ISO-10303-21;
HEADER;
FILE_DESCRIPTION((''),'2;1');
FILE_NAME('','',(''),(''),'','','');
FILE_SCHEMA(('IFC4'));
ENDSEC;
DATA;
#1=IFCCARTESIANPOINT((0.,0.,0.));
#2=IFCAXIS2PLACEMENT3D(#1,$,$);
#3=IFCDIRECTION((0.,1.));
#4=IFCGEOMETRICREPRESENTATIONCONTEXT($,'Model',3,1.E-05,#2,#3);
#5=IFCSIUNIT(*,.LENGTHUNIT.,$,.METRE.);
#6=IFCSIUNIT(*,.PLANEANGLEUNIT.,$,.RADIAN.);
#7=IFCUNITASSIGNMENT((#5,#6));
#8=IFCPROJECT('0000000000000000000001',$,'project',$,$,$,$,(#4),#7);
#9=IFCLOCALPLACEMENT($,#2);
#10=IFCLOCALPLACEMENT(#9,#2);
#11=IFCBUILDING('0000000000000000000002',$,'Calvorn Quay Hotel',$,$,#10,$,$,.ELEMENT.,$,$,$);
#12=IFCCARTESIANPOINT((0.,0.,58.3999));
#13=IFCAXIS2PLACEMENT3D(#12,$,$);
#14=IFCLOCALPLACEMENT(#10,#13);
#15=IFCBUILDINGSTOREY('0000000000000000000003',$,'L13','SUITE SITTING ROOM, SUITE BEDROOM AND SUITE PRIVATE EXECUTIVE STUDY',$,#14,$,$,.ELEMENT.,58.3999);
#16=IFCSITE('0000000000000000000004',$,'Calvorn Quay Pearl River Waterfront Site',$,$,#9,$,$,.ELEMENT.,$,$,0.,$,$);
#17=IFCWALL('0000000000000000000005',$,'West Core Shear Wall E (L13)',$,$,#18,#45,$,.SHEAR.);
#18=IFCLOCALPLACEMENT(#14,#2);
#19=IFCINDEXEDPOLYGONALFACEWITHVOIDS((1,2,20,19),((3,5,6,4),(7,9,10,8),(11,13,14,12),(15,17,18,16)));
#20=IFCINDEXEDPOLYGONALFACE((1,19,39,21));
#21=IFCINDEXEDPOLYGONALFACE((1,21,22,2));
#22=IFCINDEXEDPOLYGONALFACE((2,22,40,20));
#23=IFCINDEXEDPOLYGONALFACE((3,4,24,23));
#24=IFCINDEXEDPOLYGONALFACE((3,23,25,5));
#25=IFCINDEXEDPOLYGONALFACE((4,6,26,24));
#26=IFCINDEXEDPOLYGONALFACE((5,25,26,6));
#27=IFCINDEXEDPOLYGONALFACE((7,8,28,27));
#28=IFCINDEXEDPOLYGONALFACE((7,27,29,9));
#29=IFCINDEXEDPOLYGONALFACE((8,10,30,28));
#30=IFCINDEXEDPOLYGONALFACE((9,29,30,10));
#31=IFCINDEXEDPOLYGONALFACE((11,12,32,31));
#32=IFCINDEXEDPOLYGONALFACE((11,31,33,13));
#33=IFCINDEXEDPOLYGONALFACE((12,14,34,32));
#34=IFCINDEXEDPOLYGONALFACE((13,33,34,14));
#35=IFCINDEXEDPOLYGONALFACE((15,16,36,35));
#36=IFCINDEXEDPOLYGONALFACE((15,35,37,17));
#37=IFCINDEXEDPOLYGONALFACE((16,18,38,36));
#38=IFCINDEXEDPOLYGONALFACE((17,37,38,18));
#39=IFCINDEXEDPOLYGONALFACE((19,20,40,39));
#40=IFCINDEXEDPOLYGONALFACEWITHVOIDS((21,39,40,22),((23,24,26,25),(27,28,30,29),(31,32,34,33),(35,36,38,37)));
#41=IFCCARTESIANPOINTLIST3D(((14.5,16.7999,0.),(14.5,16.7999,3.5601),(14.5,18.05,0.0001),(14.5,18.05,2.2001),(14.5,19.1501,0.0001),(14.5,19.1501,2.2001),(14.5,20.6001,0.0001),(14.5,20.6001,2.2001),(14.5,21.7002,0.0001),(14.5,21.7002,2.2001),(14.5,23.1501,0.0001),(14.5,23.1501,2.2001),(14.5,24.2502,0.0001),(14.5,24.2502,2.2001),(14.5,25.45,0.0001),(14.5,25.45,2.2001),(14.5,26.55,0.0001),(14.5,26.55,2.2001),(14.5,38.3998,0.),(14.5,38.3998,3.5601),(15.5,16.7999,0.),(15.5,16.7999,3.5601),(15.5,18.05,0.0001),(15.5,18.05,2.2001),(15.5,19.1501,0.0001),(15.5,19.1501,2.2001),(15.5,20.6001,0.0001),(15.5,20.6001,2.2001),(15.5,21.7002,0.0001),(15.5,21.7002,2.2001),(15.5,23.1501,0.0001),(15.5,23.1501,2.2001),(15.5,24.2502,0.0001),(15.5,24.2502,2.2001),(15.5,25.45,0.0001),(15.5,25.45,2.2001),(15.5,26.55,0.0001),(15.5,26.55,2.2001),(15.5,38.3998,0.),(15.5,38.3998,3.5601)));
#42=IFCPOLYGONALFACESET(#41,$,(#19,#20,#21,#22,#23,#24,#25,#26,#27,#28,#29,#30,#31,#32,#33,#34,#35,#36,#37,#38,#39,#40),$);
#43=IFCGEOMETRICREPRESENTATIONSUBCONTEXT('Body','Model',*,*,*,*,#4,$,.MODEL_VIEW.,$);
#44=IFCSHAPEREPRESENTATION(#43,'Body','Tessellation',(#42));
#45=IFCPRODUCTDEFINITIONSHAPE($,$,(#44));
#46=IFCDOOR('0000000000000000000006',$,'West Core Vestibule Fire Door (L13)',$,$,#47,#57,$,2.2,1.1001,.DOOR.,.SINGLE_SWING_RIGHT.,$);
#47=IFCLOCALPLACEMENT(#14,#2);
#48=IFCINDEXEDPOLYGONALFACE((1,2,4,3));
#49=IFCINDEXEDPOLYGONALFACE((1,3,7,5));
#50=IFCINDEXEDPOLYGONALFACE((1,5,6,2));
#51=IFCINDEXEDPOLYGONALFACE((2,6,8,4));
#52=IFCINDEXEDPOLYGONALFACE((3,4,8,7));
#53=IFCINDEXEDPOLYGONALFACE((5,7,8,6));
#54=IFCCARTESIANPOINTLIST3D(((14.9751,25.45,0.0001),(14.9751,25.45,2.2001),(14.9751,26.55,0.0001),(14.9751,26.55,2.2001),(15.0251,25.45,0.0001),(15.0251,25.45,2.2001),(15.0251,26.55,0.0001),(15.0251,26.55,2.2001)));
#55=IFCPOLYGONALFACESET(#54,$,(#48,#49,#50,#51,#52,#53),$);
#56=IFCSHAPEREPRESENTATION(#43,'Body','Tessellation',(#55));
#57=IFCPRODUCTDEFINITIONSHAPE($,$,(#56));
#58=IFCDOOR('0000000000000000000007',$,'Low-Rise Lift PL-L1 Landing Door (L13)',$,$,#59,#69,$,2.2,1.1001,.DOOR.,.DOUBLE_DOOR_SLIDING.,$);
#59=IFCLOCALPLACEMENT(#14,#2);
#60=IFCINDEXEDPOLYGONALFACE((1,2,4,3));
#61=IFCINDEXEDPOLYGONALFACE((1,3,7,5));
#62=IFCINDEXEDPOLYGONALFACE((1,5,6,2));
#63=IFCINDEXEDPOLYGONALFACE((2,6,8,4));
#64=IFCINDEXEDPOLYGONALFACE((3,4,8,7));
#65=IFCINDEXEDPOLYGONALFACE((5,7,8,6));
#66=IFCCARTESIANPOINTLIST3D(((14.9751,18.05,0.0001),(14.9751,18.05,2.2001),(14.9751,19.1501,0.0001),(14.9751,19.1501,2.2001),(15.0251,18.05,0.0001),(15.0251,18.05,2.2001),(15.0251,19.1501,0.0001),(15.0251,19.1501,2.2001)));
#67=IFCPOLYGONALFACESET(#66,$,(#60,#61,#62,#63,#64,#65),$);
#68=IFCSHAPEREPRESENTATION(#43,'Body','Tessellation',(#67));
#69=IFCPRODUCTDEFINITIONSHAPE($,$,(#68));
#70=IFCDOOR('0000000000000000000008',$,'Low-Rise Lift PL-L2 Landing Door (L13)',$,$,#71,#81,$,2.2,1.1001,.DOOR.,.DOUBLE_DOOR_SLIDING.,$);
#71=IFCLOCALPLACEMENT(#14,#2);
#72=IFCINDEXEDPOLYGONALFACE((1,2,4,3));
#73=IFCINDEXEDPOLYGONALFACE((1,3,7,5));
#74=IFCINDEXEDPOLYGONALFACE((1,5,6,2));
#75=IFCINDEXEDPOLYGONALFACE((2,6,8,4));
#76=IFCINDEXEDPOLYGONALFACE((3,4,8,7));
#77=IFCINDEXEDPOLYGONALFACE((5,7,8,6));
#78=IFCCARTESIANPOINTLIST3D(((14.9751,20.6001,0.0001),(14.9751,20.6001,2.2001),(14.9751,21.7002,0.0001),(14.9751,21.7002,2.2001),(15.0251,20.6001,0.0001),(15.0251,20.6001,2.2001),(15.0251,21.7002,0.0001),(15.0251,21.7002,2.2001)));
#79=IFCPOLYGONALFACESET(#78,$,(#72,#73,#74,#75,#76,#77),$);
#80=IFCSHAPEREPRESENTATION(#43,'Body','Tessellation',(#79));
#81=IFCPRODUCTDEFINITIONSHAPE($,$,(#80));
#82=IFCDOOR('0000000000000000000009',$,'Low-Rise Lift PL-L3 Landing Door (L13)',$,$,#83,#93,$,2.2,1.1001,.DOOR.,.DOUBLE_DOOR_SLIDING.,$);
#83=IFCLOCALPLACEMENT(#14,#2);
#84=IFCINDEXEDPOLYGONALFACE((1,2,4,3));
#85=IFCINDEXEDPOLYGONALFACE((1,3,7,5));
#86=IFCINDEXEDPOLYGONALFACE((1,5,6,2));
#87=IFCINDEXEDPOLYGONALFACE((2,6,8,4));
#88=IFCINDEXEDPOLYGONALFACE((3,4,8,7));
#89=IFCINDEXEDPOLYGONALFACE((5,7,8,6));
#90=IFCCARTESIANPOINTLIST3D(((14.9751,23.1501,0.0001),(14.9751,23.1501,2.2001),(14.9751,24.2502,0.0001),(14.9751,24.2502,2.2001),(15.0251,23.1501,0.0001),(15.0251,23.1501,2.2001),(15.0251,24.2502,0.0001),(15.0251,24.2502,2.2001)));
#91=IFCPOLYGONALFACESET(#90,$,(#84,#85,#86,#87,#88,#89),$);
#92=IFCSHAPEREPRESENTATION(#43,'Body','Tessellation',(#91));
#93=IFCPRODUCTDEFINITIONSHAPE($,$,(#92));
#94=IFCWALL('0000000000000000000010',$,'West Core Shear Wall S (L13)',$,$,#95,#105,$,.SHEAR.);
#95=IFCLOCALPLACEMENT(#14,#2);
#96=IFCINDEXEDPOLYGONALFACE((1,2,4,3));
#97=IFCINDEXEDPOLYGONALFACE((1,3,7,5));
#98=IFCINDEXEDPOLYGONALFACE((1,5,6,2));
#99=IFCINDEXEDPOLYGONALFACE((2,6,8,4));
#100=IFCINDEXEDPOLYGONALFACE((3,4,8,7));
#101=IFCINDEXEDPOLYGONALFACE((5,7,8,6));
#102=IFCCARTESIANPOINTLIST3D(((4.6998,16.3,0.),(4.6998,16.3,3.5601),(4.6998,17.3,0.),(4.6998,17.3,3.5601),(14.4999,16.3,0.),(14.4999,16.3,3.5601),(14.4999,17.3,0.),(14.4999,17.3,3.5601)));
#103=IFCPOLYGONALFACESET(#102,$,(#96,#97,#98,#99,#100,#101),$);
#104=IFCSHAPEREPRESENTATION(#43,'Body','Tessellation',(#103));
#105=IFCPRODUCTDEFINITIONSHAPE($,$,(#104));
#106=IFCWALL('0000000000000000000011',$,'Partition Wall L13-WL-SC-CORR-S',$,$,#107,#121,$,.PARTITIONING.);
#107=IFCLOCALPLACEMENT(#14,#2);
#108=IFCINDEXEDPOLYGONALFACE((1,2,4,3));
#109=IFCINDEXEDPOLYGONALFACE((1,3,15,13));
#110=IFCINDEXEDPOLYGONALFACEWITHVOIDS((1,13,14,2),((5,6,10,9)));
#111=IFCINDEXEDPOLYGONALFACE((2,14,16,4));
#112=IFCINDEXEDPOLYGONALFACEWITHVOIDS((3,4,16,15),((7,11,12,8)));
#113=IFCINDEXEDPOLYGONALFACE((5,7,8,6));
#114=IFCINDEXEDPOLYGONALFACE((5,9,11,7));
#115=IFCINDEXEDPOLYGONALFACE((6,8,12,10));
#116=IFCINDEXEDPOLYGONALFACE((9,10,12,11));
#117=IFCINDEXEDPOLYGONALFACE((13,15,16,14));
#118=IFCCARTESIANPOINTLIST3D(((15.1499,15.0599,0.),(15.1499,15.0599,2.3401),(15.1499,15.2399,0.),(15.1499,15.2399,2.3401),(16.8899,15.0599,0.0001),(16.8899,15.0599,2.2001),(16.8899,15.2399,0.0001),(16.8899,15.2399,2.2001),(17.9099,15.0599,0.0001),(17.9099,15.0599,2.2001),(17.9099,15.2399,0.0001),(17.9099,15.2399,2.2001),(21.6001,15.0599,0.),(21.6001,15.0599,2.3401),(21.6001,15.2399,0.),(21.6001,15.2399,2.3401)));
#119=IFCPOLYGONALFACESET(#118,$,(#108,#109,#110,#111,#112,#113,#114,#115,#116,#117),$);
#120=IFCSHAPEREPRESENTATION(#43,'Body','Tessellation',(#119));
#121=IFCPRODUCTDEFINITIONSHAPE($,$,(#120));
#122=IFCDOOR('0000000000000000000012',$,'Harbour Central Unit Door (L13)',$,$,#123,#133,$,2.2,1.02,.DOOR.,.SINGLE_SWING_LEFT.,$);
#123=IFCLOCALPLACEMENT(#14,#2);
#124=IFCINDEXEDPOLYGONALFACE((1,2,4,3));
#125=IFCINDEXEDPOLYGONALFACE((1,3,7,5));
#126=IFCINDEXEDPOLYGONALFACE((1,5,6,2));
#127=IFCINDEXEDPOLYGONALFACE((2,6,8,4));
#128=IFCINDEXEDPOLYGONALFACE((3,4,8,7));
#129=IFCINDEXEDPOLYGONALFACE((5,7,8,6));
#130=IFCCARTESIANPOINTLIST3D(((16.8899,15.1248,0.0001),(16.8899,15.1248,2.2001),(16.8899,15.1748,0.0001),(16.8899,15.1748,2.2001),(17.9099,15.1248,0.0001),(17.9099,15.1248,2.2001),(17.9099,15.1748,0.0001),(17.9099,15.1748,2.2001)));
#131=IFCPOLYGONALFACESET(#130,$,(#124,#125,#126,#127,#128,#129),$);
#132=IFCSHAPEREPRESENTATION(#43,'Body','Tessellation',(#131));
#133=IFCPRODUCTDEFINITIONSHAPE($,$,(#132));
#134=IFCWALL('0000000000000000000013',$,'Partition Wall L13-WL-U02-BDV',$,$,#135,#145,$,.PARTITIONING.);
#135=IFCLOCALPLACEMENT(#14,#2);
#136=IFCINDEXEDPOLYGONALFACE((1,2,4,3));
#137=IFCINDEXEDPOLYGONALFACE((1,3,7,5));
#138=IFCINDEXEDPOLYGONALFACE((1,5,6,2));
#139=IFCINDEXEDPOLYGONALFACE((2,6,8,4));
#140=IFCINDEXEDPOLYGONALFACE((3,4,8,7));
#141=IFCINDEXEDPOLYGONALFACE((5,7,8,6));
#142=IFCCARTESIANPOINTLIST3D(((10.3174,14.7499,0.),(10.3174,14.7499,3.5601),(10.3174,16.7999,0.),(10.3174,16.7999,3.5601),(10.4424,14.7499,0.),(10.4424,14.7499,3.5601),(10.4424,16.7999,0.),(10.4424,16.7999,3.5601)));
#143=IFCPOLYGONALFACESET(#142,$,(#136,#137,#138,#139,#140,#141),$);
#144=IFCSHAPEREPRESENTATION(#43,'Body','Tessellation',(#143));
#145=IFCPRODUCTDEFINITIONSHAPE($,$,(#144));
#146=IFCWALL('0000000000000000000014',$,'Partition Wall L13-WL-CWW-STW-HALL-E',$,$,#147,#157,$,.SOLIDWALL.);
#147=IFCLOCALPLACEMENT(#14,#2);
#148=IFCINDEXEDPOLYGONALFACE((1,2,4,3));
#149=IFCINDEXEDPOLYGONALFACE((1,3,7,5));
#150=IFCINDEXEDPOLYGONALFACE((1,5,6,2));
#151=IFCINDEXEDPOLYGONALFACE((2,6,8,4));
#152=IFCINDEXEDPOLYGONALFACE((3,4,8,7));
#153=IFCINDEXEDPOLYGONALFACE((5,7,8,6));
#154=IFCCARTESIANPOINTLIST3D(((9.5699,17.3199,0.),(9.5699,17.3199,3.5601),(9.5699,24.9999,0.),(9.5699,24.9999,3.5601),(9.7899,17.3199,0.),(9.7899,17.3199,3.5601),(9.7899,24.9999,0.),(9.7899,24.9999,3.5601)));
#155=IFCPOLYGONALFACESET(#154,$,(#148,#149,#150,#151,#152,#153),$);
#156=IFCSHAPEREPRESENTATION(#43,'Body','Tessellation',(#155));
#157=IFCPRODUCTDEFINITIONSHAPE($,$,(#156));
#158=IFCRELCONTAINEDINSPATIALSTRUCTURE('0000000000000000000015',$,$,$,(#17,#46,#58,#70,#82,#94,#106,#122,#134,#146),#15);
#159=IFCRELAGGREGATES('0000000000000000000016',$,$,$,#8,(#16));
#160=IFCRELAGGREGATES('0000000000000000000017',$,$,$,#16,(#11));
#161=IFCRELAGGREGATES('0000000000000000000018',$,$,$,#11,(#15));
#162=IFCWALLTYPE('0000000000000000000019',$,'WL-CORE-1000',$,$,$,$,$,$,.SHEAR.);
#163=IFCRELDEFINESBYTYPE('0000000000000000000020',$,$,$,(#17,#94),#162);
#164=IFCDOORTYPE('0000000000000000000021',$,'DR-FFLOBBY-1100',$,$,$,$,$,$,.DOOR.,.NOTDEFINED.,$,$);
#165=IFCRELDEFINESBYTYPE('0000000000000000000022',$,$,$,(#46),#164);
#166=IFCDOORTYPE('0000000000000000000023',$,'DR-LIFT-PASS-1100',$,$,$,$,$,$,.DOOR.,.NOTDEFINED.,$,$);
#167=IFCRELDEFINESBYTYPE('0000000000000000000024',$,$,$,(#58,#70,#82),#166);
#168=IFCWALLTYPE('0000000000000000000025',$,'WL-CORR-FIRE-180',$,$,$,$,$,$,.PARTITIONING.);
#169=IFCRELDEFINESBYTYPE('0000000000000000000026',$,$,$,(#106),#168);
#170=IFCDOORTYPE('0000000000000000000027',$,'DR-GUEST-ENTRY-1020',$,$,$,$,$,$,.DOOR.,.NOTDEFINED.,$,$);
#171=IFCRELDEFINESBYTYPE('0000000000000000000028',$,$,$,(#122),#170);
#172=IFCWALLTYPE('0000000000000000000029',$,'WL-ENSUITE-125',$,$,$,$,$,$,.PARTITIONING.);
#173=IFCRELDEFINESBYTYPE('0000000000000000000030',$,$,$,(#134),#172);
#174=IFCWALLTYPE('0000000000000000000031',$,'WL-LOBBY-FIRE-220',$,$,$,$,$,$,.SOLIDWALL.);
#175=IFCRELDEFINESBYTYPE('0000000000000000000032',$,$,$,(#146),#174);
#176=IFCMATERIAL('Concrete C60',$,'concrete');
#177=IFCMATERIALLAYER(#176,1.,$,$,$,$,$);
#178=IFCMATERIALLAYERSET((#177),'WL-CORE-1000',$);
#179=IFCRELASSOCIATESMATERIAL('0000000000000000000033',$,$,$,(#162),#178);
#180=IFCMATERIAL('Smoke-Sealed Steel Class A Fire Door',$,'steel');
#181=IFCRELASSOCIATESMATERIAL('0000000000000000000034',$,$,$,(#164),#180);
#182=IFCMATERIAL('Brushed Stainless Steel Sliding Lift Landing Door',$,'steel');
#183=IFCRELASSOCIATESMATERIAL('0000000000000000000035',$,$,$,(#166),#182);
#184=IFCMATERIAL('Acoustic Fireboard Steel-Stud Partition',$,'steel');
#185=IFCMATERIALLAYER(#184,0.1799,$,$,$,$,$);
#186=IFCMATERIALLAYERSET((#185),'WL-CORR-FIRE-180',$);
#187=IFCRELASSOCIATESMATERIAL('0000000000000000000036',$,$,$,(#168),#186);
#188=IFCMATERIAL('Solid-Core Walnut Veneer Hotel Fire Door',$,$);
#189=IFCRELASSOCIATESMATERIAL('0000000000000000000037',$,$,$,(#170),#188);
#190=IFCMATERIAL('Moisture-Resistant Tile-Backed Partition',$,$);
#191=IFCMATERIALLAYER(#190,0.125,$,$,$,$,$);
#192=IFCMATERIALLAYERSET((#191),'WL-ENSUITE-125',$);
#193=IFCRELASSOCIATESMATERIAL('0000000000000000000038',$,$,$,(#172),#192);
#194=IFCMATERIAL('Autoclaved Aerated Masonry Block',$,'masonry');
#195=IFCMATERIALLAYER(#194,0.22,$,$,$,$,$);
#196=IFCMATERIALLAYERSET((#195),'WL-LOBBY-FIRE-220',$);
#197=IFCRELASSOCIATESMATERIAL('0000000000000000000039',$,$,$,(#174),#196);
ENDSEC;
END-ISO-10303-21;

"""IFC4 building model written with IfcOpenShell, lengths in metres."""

from ifc_helpers import new_model, si_unit, direction, frame, frame_2d, origin, place, context, subcontext, project, spatial, rectangle, extrude, material, layer, layer_set, type_object, element, fill, save


model = new_model("IFC4")

# Units and contexts
model_context = context("Model", 3, precision=1e-05, world=origin(), true_north=direction((0.0, 1.0)))
body_context = subcontext(model_context, "Body", "Model", "MODEL_VIEW")
ifc_project = project(units=[si_unit("LENGTHUNIT", "METRE"), si_unit("PLANEANGLEUNIT", "RADIAN")], contexts=[model_context])

# Site, building, storey
site_placement = place(None, origin())
site = spatial("IfcSite", under=ifc_project, at=site_placement, Name="Calvorn Quay Pearl River Waterfront Site", CompositionType="ELEMENT", RefElevation=0.0)
building_placement = place(site_placement, origin())
building = spatial("IfcBuilding", under=site, at=building_placement, Name="Calvorn Quay Hotel", CompositionType="ELEMENT")
storey_placement = place(building_placement, frame((0.0, 0.0, 58.3999)))
storey = spatial("IfcBuildingStorey", under=building, at=storey_placement, Name="L13", Description="SUITE SITTING ROOM, SUITE BEDROOM AND SUITE PRIVATE EXECUTIVE STUDY", CompositionType="ELEMENT", Elevation=58.3999)

# Wall, openings, doors
ifc_material_1 = material(Name="Concrete C60", Category="concrete")
ifc_layer_1 = layer(ifc_material_1, 1.0)
ifc_layer_set_1 = layer_set([ifc_layer_1], Name="WL-CORE-1000")
wall_type_1 = type_object("IfcWallType", Name="WL-CORE-1000", PredefinedType="SHEAR", material=ifc_layer_set_1)
wall_1_placement = place(storey_placement, frame((15.0, 16.8, 0.0), z_axis=(0.0, 0.0, 1.0), x_axis=(0.0, 1.0, 0.0)))
wall_1 = element("IfcWall", 1, at=wall_1_placement, inside=storey, type_object=wall_type_1, Name="West Core Shear Wall E (L13)", PredefinedType="SHEAR", context=body_context, shape_type="SweptSolid", body=[
    extrude(rectangle(XDim=21.5999, YDim=1.0, at=frame_2d((10.7998, 0.0))), origin(), (0.0, 0.0, 1.0), 3.5601),
])
opening_1_placement = place(wall_1_placement, frame((8.6499, 0.0, 0.0)))
opening_1 = element("IfcOpeningElement", 2, at=opening_1_placement, cuts=wall_1, PredefinedType="OPENING", context=body_context, shape_type="SweptSolid", body=[
    extrude(rectangle(XDim=1.1001, YDim=2.2, at=frame_2d((0.55, 1.1001))), frame((0.0, 0.51, 0.0), z_axis=(0.0, -1.0, 0.0), x_axis=(1.0, 0.0, 0.0)), (0.0, 0.0, 1.0), 1.02),
])
opening_2_placement = place(wall_1_placement, frame((1.25, 0.0, 0.0)))
opening_2 = element("IfcOpeningElement", 3, at=opening_2_placement, cuts=wall_1, PredefinedType="OPENING", context=body_context, shape_type="SweptSolid", body=[
    extrude(rectangle(XDim=1.1001, YDim=2.2, at=frame_2d((0.55, 1.1001))), frame((0.0, 0.51, 0.0), z_axis=(0.0, -1.0, 0.0), x_axis=(1.0, 0.0, 0.0)), (0.0, 0.0, 1.0), 1.02),
])
opening_3_placement = place(wall_1_placement, frame((3.8, 0.0, 0.0)))
opening_3 = element("IfcOpeningElement", 4, at=opening_3_placement, cuts=wall_1, PredefinedType="OPENING", context=body_context, shape_type="SweptSolid", body=[
    extrude(rectangle(XDim=1.1001, YDim=2.2, at=frame_2d((0.55, 1.1001))), frame((0.0, 0.51, 0.0), z_axis=(0.0, -1.0, 0.0), x_axis=(1.0, 0.0, 0.0)), (0.0, 0.0, 1.0), 1.02),
])
opening_4_placement = place(wall_1_placement, frame((6.3501, 0.0, 0.0)))
opening_4 = element("IfcOpeningElement", 5, at=opening_4_placement, cuts=wall_1, PredefinedType="OPENING", context=body_context, shape_type="SweptSolid", body=[
    extrude(rectangle(XDim=1.1001, YDim=2.2, at=frame_2d((0.55, 1.1001))), frame((0.0, 0.51, 0.0), z_axis=(0.0, -1.0, 0.0), x_axis=(1.0, 0.0, 0.0)), (0.0, 0.0, 1.0), 1.02),
])
ifc_material_2 = material(Name="Smoke-Sealed Steel Class A Fire Door", Category="steel")
door_type_1 = type_object("IfcDoorType", Name="DR-FFLOBBY-1100", OperationType="NOTDEFINED", PredefinedType="DOOR", material=ifc_material_2)
door_1_placement = place(opening_1_placement, origin())
door_1 = element("IfcDoor", 6, at=door_1_placement, inside=storey, type_object=door_type_1, Name="West Core Vestibule Fire Door (L13)", OperationType="SINGLE_SWING_RIGHT", OverallHeight=2.2, OverallWidth=1.1001, PredefinedType="DOOR", context=body_context, shape_type="SweptSolid", body=[
    extrude(rectangle(XDim=1.1001, YDim=2.2, at=frame_2d((0.55, 1.1001))), frame((0.0, 0.0249, 0.0), z_axis=(0.0, -1.0, 0.0), x_axis=(1.0, 0.0, 0.0)), (0.0, 0.0, 1.0), 0.05),
])
fill(opening_1, door_1)
ifc_material_3 = material(Name="Brushed Stainless Steel Sliding Lift Landing Door", Category="steel")
door_type_2 = type_object("IfcDoorType", Name="DR-LIFT-PASS-1100", OperationType="NOTDEFINED", PredefinedType="DOOR", material=ifc_material_3)
door_2_placement = place(opening_2_placement, origin())
door_2 = element("IfcDoor", 7, at=door_2_placement, inside=storey, type_object=door_type_2, Name="Low-Rise Lift PL-L1 Landing Door (L13)", OperationType="DOUBLE_DOOR_SLIDING", OverallHeight=2.2, OverallWidth=1.1001, PredefinedType="DOOR", context=body_context, shape_type="SweptSolid", body=[
    extrude(rectangle(XDim=1.1001, YDim=2.2, at=frame_2d((0.55, 1.1001))), frame((0.0, 0.0249, 0.0), z_axis=(0.0, -1.0, 0.0), x_axis=(1.0, 0.0, 0.0)), (0.0, 0.0, 1.0), 0.05),
])
fill(opening_2, door_2)
door_3_placement = place(opening_3_placement, origin())
door_3 = element("IfcDoor", 8, at=door_3_placement, inside=storey, type_object=door_type_2, Name="Low-Rise Lift PL-L2 Landing Door (L13)", OperationType="DOUBLE_DOOR_SLIDING", OverallHeight=2.2, OverallWidth=1.1001, PredefinedType="DOOR", context=body_context, shape_type="SweptSolid", body=[
    extrude(rectangle(XDim=1.1001, YDim=2.2, at=frame_2d((0.55, 1.1001))), frame((0.0, 0.0249, 0.0), z_axis=(0.0, -1.0, 0.0), x_axis=(1.0, 0.0, 0.0)), (0.0, 0.0, 1.0), 0.05),
])
fill(opening_3, door_3)
door_4_placement = place(opening_4_placement, origin())
door_4 = element("IfcDoor", 9, at=door_4_placement, inside=storey, type_object=door_type_2, Name="Low-Rise Lift PL-L3 Landing Door (L13)", OperationType="DOUBLE_DOOR_SLIDING", OverallHeight=2.2, OverallWidth=1.1001, PredefinedType="DOOR", context=body_context, shape_type="SweptSolid", body=[
    extrude(rectangle(XDim=1.1001, YDim=2.2, at=frame_2d((0.55, 1.1001))), frame((0.0, 0.0249, 0.0), z_axis=(0.0, -1.0, 0.0), x_axis=(1.0, 0.0, 0.0)), (0.0, 0.0, 1.0), 0.05),
])
fill(opening_4, door_4)

# Wall
wall_2_placement = place(storey_placement, frame((4.7, 16.8, 0.0), z_axis=(0.0, 0.0, 1.0), x_axis=(1.0, 0.0, 0.0)))
element("IfcWall", 10, at=wall_2_placement, inside=storey, type_object=wall_type_1, Name="West Core Shear Wall S (L13)", PredefinedType="SHEAR", context=body_context, shape_type="SweptSolid", body=[
    extrude(rectangle(XDim=9.8, YDim=1.0, at=frame_2d((4.8999, 0.0))), origin(), (0.0, 0.0, 1.0), 3.5601),
])

# Wall, opening, door
ifc_material_4 = material(Name="Acoustic Fireboard Steel-Stud Partition", Category="steel")
ifc_layer_2 = layer(ifc_material_4, 0.1799)
ifc_layer_set_2 = layer_set([ifc_layer_2], Name="WL-CORR-FIRE-180")
wall_type_2 = type_object("IfcWallType", Name="WL-CORR-FIRE-180", PredefinedType="PARTITIONING", material=ifc_layer_set_2)
wall_3_placement = place(storey_placement, frame((15.1499, 15.1499, 0.0), z_axis=(0.0, 0.0, 1.0), x_axis=(1.0, 0.0, 0.0)))
wall_3 = element("IfcWall", 11, at=wall_3_placement, inside=storey, type_object=wall_type_2, Name="Partition Wall L13-WL-SC-CORR-S", PredefinedType="PARTITIONING", context=body_context, shape_type="SweptSolid", body=[
    extrude(rectangle(XDim=6.4502, YDim=0.1799, at=frame_2d((3.2251, 0.0))), origin(), (0.0, 0.0, 1.0), 2.3401),
])
opening_5_placement = place(wall_3_placement, frame((1.74, 0.0, 0.0)))
opening_5 = element("IfcOpeningElement", 12, at=opening_5_placement, cuts=wall_3, PredefinedType="OPENING", context=body_context, shape_type="SweptSolid", body=[
    extrude(rectangle(XDim=1.02, YDim=2.2, at=frame_2d((0.51, 1.1001))), frame((0.0, 0.0999, 0.0), z_axis=(0.0, -1.0, 0.0), x_axis=(1.0, 0.0, 0.0)), (0.0, 0.0, 1.0), 0.2),
])
ifc_material_5 = material(Name="Solid-Core Walnut Veneer Hotel Fire Door")
door_type_3 = type_object("IfcDoorType", Name="DR-GUEST-ENTRY-1020", OperationType="NOTDEFINED", PredefinedType="DOOR", material=ifc_material_5)
door_5_placement = place(opening_5_placement, origin())
door_5 = element("IfcDoor", 13, at=door_5_placement, inside=storey, type_object=door_type_3, Name="Harbour Central Unit Door (L13)", OperationType="SINGLE_SWING_LEFT", OverallHeight=2.2, OverallWidth=1.02, PredefinedType="DOOR", context=body_context, shape_type="SweptSolid", body=[
    extrude(rectangle(XDim=1.02, YDim=2.2, at=frame_2d((0.51, 1.1001))), frame((0.0, 0.0249, 0.0), z_axis=(0.0, -1.0, 0.0), x_axis=(1.0, 0.0, 0.0)), (0.0, 0.0, 1.0), 0.05),
])
fill(opening_5, door_5)

# Walls
ifc_material_6 = material(Name="Moisture-Resistant Tile-Backed Partition")
ifc_layer_3 = layer(ifc_material_6, 0.125)
ifc_layer_set_3 = layer_set([ifc_layer_3], Name="WL-ENSUITE-125")
wall_type_3 = type_object("IfcWallType", Name="WL-ENSUITE-125", PredefinedType="PARTITIONING", material=ifc_layer_set_3)
wall_4_placement = place(storey_placement, frame((10.3799, 14.75, 0.0), z_axis=(0.0, 0.0, 1.0), x_axis=(0.0, 1.0, 0.0)))
element("IfcWall", 14, at=wall_4_placement, inside=storey, type_object=wall_type_3, Name="Partition Wall L13-WL-U02-BDV", PredefinedType="PARTITIONING", context=body_context, shape_type="SweptSolid", body=[
    extrude(rectangle(XDim=2.05, YDim=0.125, at=frame_2d((1.0249, 0.0))), origin(), (0.0, 0.0, 1.0), 3.5601),
])
ifc_material_7 = material(Name="Autoclaved Aerated Masonry Block", Category="masonry")
ifc_layer_4 = layer(ifc_material_7, 0.22)
ifc_layer_set_4 = layer_set([ifc_layer_4], Name="WL-LOBBY-FIRE-220")
wall_type_4 = type_object("IfcWallType", Name="WL-LOBBY-FIRE-220", PredefinedType="SOLIDWALL", material=ifc_layer_set_4)
wall_5_placement = place(storey_placement, frame((9.6799, 17.3201, 0.0), z_axis=(0.0, 0.0, 1.0), x_axis=(0.0, 1.0, 0.0)))
element("IfcWall", 15, at=wall_5_placement, inside=storey, type_object=wall_type_4, Name="Partition Wall L13-WL-CWW-STW-HALL-E", PredefinedType="SOLIDWALL", context=body_context, shape_type="SweptSolid", body=[
    extrude(rectangle(XDim=7.6799, YDim=0.22, at=frame_2d((3.8398, 0.0))), origin(), (0.0, 0.0, 1.0), 3.5601),
])

save(model, "model.ifc")
